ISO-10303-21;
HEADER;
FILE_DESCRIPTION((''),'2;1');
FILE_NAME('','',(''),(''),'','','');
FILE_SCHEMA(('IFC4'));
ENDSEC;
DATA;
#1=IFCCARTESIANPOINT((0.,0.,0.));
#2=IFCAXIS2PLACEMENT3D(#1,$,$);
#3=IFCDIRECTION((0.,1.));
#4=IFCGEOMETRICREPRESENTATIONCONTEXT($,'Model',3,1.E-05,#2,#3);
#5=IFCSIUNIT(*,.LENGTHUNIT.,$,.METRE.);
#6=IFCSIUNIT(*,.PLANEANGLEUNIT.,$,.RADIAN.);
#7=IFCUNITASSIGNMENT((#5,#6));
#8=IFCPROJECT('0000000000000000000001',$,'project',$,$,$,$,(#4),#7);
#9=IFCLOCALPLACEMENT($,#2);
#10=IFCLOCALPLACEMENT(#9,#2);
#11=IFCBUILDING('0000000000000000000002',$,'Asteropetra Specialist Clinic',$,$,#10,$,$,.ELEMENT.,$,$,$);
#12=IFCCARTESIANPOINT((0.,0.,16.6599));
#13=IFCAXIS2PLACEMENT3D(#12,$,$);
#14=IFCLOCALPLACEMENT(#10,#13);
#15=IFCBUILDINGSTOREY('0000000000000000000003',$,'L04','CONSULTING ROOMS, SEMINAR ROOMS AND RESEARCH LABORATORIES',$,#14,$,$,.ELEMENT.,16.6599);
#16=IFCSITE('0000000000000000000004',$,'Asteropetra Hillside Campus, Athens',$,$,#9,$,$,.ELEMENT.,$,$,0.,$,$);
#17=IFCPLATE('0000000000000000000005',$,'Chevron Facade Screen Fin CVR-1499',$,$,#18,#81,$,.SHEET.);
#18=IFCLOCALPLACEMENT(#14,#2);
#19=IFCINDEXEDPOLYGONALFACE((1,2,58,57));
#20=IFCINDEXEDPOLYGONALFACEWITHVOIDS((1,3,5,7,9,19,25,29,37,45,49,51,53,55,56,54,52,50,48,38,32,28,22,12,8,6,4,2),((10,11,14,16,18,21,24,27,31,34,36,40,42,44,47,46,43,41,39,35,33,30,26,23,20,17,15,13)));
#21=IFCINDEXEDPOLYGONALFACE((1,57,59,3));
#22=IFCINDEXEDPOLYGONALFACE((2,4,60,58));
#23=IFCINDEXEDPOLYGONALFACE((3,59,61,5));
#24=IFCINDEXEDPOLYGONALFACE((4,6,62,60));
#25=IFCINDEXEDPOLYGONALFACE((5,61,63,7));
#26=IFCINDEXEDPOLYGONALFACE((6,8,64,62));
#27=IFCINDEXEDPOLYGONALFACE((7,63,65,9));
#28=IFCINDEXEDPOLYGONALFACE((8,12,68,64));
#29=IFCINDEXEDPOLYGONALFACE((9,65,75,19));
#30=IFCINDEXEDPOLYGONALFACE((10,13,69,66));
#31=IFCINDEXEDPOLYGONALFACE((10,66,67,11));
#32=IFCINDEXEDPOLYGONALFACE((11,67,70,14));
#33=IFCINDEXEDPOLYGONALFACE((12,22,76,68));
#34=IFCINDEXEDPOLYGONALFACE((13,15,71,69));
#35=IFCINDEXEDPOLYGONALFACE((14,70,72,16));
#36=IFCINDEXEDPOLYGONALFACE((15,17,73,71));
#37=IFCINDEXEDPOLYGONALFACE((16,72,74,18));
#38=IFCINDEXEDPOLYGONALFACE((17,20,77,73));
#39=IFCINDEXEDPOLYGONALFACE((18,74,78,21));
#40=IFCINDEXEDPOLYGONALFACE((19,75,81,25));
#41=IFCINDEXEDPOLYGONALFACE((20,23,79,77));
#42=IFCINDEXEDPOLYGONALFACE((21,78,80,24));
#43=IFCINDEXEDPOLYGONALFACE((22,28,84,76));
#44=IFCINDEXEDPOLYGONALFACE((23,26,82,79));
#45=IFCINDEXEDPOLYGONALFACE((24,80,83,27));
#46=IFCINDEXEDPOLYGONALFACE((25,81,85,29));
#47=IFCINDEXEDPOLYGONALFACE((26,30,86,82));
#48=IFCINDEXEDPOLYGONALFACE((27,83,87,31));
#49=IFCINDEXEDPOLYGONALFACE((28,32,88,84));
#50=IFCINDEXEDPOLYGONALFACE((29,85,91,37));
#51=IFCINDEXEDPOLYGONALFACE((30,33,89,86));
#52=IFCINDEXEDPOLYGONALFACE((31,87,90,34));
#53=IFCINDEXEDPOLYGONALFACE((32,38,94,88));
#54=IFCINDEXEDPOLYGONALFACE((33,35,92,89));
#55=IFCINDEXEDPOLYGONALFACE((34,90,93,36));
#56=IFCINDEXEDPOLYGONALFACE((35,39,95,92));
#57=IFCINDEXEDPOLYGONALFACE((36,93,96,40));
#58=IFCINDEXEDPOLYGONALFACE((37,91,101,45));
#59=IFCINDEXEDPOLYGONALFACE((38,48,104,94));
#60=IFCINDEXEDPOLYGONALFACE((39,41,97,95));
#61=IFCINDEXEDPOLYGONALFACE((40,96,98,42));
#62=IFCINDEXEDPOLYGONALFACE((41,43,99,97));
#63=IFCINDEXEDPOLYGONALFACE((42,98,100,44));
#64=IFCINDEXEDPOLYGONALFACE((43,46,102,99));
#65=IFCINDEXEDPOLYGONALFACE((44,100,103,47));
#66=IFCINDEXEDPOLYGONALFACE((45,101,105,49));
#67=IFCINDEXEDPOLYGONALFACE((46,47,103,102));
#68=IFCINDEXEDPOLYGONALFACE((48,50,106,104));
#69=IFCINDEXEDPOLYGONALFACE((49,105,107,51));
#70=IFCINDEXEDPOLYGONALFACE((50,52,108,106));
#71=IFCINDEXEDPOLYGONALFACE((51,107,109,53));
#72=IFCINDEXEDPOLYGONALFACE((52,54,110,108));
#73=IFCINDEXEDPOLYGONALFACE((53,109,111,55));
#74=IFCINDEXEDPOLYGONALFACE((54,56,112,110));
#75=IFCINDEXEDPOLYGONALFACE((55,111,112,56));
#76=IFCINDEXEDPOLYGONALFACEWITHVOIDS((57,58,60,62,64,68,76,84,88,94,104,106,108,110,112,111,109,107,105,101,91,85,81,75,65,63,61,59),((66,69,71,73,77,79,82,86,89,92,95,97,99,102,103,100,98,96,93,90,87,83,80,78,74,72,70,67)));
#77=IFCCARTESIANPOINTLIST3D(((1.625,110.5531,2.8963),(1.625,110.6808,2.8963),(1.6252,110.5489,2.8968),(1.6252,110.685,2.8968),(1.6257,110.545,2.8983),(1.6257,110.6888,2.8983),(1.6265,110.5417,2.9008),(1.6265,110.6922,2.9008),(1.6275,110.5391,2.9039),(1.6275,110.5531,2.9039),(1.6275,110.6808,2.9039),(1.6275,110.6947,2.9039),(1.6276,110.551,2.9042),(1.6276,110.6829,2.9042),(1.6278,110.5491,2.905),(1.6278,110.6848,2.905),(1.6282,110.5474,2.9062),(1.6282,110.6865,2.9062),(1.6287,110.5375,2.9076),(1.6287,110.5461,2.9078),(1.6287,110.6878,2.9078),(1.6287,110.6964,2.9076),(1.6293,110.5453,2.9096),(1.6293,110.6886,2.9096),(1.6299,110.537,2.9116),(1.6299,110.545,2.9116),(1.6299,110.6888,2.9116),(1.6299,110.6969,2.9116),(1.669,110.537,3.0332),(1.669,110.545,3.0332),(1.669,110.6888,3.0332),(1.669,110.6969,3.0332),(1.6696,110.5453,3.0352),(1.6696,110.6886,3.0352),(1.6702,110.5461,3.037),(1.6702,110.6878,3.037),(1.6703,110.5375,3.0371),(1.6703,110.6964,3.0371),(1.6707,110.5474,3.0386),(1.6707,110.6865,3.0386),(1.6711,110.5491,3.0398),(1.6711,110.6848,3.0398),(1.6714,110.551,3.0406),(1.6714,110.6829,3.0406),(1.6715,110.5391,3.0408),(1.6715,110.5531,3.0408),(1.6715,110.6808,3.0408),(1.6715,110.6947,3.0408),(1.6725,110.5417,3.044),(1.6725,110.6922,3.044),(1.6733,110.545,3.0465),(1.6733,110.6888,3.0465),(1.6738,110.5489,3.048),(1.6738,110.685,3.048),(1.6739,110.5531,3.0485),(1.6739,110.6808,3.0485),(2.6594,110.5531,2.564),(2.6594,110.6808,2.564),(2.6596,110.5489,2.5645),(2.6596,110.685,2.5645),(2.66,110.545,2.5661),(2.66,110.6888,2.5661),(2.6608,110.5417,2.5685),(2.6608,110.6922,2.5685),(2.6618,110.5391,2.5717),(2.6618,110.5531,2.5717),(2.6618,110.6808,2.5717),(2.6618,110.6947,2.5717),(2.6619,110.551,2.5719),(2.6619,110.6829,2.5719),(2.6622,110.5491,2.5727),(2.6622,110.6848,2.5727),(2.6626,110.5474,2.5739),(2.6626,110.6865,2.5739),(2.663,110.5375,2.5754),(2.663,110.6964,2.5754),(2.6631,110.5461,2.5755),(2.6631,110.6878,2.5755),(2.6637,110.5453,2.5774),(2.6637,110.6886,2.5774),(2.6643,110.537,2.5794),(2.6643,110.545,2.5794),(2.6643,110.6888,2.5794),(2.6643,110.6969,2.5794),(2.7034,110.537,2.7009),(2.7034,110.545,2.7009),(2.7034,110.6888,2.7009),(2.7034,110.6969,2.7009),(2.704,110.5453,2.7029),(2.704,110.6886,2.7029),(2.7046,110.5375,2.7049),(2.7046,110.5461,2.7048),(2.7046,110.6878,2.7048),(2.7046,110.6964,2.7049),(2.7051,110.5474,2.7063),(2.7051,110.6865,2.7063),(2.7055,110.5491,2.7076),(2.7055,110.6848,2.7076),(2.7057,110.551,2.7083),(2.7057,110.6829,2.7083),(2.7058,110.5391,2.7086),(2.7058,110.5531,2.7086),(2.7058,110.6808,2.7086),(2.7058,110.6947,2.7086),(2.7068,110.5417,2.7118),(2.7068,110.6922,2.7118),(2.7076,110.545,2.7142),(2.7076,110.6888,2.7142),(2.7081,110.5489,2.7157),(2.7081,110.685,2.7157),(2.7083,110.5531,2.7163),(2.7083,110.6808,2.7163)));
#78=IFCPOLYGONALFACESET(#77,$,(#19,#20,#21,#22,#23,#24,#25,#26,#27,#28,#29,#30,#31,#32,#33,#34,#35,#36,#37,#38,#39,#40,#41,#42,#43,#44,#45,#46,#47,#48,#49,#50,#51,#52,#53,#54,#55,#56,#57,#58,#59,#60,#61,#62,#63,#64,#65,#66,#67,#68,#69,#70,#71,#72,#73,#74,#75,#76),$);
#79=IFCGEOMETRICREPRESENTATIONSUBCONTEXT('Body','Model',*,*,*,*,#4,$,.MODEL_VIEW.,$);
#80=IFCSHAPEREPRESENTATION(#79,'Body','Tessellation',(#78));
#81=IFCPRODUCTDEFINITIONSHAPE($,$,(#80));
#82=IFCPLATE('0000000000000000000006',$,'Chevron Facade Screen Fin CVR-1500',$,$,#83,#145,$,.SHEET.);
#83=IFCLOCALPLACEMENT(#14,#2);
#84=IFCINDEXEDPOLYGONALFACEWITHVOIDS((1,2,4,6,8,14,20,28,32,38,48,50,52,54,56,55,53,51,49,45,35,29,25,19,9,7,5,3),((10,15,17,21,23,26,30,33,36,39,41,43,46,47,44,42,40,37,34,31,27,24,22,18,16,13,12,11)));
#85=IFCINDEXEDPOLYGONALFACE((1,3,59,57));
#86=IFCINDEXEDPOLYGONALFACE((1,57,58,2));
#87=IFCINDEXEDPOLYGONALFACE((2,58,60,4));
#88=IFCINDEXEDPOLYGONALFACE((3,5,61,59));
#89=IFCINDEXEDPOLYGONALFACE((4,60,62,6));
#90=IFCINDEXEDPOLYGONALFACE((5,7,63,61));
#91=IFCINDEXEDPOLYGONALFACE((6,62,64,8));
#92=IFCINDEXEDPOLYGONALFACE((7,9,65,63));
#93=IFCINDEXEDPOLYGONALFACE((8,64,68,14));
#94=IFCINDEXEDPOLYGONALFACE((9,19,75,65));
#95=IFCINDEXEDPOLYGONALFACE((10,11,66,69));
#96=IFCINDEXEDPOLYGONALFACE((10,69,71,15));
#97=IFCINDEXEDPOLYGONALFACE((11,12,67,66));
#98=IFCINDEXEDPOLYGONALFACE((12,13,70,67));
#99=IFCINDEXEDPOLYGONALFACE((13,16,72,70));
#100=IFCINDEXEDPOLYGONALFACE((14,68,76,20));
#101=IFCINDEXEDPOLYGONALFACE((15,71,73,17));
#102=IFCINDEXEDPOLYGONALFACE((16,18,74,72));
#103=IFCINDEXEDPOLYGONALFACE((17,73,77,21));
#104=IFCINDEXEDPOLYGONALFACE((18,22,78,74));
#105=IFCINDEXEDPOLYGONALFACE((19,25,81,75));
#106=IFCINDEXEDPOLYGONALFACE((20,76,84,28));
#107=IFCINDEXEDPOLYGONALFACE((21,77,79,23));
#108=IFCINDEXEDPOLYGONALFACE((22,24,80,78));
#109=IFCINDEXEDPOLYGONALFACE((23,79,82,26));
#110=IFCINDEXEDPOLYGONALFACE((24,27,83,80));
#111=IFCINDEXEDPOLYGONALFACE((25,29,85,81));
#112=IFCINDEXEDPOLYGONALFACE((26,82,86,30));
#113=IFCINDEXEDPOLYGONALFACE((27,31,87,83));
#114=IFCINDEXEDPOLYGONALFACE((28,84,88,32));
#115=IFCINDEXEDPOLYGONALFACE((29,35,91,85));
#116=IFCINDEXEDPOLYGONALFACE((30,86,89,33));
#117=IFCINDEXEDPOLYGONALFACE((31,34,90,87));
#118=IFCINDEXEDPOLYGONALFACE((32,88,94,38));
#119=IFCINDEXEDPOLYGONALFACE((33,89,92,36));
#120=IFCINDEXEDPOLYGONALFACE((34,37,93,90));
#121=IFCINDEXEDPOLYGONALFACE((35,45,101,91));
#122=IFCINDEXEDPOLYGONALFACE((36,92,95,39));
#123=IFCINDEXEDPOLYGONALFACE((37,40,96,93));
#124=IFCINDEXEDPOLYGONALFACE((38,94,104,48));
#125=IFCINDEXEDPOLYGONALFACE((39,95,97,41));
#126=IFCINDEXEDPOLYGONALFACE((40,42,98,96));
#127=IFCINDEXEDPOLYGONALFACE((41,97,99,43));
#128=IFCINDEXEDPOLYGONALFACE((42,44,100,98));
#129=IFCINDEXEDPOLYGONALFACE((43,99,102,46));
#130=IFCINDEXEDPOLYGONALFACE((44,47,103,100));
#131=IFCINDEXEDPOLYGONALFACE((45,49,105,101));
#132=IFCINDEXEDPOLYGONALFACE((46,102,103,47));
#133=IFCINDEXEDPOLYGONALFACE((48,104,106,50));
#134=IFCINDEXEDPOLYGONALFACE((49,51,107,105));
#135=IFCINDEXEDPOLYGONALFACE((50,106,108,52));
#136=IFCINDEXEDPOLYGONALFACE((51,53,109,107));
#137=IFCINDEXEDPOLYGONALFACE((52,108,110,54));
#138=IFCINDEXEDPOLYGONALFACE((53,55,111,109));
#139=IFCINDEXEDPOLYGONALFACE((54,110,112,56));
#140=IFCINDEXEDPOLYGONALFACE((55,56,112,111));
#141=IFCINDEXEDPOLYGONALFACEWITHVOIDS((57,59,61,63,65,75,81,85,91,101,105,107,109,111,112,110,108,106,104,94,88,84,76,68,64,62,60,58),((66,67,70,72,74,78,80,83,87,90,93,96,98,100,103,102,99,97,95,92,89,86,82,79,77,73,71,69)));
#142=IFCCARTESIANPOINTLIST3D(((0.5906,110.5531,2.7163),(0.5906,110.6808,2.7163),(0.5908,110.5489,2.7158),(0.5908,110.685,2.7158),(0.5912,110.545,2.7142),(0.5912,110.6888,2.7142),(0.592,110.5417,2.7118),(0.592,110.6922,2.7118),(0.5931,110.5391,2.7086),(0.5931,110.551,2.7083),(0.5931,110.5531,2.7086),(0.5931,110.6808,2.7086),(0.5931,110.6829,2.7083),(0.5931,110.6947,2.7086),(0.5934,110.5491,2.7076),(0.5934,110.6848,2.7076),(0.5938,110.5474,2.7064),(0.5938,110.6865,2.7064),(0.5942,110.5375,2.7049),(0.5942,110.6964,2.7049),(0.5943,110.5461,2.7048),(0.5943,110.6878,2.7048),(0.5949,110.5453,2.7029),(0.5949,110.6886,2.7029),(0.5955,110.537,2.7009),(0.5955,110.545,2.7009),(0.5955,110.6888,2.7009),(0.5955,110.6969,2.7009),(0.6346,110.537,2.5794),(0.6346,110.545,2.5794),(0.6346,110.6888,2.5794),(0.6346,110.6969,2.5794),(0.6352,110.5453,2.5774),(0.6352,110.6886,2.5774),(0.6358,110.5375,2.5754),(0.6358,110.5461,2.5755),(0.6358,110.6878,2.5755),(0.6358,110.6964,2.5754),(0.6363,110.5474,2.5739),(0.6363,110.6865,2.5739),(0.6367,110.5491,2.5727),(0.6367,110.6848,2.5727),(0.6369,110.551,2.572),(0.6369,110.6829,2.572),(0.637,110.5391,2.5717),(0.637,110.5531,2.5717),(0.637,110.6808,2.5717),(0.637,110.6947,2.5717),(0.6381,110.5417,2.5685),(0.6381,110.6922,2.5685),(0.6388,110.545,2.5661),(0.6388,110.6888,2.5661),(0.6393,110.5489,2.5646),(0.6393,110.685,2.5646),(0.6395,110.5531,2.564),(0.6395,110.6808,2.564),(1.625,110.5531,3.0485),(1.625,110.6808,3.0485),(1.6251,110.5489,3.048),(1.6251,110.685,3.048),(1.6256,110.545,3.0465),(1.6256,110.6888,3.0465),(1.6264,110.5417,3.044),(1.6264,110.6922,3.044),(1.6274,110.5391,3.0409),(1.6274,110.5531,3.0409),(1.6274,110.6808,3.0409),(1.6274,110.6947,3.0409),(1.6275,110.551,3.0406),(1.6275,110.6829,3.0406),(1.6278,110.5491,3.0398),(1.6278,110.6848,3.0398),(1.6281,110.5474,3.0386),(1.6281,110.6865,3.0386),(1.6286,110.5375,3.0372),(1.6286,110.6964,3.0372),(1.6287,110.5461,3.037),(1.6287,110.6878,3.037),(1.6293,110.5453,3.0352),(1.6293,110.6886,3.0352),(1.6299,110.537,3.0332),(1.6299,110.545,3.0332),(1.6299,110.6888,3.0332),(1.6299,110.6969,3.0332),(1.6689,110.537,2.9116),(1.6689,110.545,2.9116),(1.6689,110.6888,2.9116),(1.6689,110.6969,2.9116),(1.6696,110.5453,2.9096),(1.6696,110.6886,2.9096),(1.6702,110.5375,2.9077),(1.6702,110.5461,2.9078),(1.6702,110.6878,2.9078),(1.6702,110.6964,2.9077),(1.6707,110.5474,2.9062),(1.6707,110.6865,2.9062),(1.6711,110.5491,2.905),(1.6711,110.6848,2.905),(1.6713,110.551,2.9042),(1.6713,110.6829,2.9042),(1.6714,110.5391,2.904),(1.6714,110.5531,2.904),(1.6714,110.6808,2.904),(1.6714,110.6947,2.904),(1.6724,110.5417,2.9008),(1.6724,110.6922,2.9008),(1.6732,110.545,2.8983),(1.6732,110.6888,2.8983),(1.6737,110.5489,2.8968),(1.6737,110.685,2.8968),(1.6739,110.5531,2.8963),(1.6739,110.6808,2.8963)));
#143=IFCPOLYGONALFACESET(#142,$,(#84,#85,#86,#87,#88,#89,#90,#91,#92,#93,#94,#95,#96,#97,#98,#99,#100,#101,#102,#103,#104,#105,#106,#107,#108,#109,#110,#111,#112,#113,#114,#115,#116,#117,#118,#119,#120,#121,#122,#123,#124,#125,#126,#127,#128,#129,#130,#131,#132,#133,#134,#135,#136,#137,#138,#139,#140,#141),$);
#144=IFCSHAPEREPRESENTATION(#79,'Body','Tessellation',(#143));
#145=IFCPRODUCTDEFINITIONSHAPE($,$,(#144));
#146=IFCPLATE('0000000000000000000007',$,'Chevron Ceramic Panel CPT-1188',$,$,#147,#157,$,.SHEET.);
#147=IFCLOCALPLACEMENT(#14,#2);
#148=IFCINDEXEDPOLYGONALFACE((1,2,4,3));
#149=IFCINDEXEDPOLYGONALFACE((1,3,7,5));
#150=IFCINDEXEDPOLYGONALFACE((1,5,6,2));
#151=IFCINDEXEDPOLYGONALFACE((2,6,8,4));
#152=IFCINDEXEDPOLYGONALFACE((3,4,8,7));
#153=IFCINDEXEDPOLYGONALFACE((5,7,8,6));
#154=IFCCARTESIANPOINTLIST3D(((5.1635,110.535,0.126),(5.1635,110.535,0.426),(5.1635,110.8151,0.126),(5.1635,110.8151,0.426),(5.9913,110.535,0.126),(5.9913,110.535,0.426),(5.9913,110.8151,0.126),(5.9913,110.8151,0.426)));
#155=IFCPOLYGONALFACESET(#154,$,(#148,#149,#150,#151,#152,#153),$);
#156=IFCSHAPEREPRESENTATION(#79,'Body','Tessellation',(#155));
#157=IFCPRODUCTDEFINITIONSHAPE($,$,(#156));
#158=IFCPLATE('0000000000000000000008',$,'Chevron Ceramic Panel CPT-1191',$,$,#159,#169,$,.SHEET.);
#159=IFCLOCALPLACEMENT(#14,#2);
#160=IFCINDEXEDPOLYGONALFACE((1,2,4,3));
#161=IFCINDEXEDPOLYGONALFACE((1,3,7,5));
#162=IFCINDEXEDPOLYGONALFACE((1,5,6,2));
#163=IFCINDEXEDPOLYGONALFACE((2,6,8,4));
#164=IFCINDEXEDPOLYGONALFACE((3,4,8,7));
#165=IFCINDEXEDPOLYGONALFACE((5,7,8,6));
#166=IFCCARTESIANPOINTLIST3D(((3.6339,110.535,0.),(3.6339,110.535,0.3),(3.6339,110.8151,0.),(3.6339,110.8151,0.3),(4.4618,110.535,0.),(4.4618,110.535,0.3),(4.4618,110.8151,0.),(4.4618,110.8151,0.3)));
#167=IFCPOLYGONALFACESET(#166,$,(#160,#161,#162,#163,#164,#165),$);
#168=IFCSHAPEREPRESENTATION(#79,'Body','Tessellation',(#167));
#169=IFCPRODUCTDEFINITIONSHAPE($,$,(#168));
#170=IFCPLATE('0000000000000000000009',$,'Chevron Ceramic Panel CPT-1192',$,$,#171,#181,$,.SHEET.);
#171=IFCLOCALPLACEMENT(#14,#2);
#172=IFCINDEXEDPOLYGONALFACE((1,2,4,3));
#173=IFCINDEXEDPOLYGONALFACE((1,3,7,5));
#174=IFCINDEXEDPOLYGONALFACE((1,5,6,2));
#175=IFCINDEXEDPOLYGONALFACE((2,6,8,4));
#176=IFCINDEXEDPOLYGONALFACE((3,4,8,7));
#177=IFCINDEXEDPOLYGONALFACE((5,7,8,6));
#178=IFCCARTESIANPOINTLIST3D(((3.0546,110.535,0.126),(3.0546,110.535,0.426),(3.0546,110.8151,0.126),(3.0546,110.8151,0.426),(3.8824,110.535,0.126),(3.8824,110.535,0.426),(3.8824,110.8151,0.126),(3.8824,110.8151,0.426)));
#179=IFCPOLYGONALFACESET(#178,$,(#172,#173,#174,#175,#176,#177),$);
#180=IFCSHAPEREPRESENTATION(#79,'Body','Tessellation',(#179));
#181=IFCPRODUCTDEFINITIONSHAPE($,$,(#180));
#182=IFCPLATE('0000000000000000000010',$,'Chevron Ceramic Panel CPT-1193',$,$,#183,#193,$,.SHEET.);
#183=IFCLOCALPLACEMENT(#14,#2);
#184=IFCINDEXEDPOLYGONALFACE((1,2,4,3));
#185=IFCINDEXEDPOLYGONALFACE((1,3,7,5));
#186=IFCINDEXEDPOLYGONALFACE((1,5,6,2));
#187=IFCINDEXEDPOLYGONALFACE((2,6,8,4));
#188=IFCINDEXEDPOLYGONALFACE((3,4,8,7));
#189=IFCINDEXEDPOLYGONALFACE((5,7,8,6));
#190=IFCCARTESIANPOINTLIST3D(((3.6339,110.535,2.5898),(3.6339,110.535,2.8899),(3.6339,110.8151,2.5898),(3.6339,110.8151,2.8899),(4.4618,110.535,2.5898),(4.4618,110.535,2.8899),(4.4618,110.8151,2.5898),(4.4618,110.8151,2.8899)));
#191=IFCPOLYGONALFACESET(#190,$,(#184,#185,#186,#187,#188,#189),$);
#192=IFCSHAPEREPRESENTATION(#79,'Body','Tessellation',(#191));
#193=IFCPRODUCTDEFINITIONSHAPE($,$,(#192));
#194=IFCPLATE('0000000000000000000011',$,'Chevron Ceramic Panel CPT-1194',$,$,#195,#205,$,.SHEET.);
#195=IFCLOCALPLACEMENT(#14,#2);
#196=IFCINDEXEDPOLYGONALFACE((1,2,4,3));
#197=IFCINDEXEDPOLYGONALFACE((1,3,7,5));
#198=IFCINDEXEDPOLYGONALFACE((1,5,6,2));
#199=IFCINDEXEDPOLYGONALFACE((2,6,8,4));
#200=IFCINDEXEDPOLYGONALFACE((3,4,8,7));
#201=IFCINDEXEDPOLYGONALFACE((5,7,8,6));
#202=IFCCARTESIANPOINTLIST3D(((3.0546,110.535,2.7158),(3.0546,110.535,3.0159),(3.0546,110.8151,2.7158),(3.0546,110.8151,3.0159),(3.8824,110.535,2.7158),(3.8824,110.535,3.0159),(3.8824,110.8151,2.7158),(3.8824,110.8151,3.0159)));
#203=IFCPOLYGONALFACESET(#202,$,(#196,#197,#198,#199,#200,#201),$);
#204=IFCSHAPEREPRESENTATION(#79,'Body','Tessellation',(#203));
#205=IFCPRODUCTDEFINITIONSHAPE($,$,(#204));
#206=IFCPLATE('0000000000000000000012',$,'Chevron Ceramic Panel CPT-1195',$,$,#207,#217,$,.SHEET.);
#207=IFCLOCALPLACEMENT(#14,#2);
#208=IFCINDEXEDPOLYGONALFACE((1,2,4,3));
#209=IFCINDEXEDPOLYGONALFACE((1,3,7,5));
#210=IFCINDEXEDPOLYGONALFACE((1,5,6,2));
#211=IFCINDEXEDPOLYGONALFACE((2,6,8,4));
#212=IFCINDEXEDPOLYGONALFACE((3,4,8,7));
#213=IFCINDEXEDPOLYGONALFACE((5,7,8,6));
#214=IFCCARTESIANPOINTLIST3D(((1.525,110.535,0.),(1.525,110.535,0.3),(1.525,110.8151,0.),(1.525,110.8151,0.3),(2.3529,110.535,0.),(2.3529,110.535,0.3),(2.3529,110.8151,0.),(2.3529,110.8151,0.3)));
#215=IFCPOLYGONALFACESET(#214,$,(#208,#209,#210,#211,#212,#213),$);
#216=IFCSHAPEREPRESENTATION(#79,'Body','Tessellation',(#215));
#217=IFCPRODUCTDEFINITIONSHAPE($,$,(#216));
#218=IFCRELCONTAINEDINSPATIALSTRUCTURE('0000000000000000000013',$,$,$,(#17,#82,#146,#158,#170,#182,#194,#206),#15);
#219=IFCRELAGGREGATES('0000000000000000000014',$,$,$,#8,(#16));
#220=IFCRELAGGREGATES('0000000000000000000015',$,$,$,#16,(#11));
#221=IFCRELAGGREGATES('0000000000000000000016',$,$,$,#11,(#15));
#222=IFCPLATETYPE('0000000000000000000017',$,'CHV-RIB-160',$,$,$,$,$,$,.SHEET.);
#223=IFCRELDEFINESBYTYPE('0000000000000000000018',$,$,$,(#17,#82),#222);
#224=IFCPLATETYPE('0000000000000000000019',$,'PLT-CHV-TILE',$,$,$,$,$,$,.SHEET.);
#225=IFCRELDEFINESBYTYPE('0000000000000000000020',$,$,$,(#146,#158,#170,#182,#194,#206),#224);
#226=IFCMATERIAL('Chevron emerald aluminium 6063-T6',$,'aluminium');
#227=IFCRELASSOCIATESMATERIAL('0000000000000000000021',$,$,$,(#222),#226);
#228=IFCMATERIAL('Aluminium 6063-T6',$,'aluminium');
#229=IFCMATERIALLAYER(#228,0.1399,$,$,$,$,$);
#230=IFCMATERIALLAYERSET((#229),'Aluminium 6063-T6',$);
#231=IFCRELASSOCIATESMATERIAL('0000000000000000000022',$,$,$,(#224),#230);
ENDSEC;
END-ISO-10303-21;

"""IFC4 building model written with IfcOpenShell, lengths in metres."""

from ifc_helpers import new_model, si_unit, direction, frame, origin, origin_2d, place, context, subcontext, project, spatial, rectangle, hollow_rectangle, extrude, material, layer, layer_set, material_profile, profile_set, type_object, element, save


model = new_model("IFC4")

# Units and contexts
model_context = context("Model", 3, precision=1e-05, world=origin(), true_north=direction((0.0, 1.0)))
body_context = subcontext(model_context, "Body", "Model", "MODEL_VIEW")
ifc_project = project(units=[si_unit("LENGTHUNIT", "METRE"), si_unit("PLANEANGLEUNIT", "RADIAN")], contexts=[model_context])

# Site, building, storey
site_placement = place(None, origin())
site = spatial("IfcSite", under=ifc_project, at=site_placement, Name="Asteropetra Hillside Campus, Athens", CompositionType="ELEMENT", RefElevation=0.0)
building_placement = place(site_placement, origin())
building = spatial("IfcBuilding", under=site, at=building_placement, Name="Asteropetra Specialist Clinic", CompositionType="ELEMENT")
storey_placement = place(building_placement, frame((0.0, 0.0, 16.6599)))
storey = spatial("IfcBuildingStorey", under=building, at=storey_placement, Name="L04", Description="CONSULTING ROOMS, SEMINAR ROOMS AND RESEARCH LABORATORIES", CompositionType="ELEMENT", Elevation=16.6599)

# Plates
ifc_material_1 = material(Name="Chevron emerald aluminium 6063-T6", Category="aluminium")
ifc_material_profile_1 = material_profile(ifc_material_1, hollow_rectangle(XDim=0.1599, YDim=0.1599, WallThickness=0.0081, InnerFilletRadius=0.0081, OuterFilletRadius=0.0161, at=origin_2d()), Name="SHS 160x160x8.0")
ifc_profile_set_1 = profile_set([ifc_material_profile_1], Name="Chevron emerald aluminium 6063-T6")
plate_type_1 = type_object("IfcPlateType", Name="CHV-RIB-160", PredefinedType="SHEET", material=ifc_profile_set_1)
for number, where, z_axis, x_axis, name in (
    (1, (2.6838, 110.6169, 2.6401), (-0.952087, 0.0, 0.305827), (0.0, -1.0, 0.0), "Chevron Facade Screen Fin CVR-1499"),
    (2, (1.6494, 110.6169, 2.9724), (-0.952087, 0.0, -0.305827), (0.0, -1.0, 0.0), "Chevron Facade Screen Fin CVR-1500"),
):
    element("IfcPlate", number, at=place(storey_placement, frame(where, z_axis=z_axis, x_axis=x_axis)), inside=storey, type_object=plate_type_1, Name=name, PredefinedType="SHEET", context=body_context, shape_type="SweptSolid", body=[
        extrude(hollow_rectangle(XDim=0.1599, YDim=0.1599, WallThickness=0.0081, InnerFilletRadius=0.0081, OuterFilletRadius=0.0161, at=origin_2d()), origin(), (0.0, 0.0, 1.0), 1.0864),
    ])
ifc_material_2 = material(Name="Aluminium 6063-T6", Category="aluminium")
ifc_layer_1 = layer(ifc_material_2, 0.1399)
ifc_layer_set_1 = layer_set([ifc_layer_1], Name="Aluminium 6063-T6")
plate_type_2 = type_object("IfcPlateType", Name="PLT-CHV-TILE", PredefinedType="SHEET", material=ifc_layer_set_1)
for number, where, z_axis, x_axis, name in (
    (3, (5.5774, 110.675, 0.126), (0.0, 0.0, 1.0), (1.0, 0.0, 0.0), "Chevron Ceramic Panel CPT-1188"),
    (4, (4.0479, 110.675, 0.0), (0.0, 0.0, 1.0), (1.0, 0.0, 0.0), "Chevron Ceramic Panel CPT-1191"),
    (5, (3.4685, 110.675, 0.126), (0.0, 0.0, 1.0), (1.0, 0.0, 0.0), "Chevron Ceramic Panel CPT-1192"),
    (6, (4.0479, 110.675, 2.5898), (0.0, 0.0, 1.0), (1.0, 0.0, 0.0), "Chevron Ceramic Panel CPT-1193"),
    (7, (3.4685, 110.675, 2.7158), (0.0, 0.0, 1.0), (1.0, 0.0, 0.0), "Chevron Ceramic Panel CPT-1194"),
    (8, (1.939, 110.675, 0.0), (0.0, 0.0, 1.0), (1.0, 0.0, 0.0), "Chevron Ceramic Panel CPT-1195"),
):
    element("IfcPlate", number, at=place(storey_placement, frame(where, z_axis=z_axis, x_axis=x_axis)), inside=storey, type_object=plate_type_2, Name=name, PredefinedType="SHEET", context=body_context, shape_type="SweptSolid", body=[
        extrude(rectangle(XDim=0.8279, YDim=0.28, at=origin_2d()), origin(), (0.0, 0.0, 1.0), 0.3),
    ])

save(model, "model.ifc")
